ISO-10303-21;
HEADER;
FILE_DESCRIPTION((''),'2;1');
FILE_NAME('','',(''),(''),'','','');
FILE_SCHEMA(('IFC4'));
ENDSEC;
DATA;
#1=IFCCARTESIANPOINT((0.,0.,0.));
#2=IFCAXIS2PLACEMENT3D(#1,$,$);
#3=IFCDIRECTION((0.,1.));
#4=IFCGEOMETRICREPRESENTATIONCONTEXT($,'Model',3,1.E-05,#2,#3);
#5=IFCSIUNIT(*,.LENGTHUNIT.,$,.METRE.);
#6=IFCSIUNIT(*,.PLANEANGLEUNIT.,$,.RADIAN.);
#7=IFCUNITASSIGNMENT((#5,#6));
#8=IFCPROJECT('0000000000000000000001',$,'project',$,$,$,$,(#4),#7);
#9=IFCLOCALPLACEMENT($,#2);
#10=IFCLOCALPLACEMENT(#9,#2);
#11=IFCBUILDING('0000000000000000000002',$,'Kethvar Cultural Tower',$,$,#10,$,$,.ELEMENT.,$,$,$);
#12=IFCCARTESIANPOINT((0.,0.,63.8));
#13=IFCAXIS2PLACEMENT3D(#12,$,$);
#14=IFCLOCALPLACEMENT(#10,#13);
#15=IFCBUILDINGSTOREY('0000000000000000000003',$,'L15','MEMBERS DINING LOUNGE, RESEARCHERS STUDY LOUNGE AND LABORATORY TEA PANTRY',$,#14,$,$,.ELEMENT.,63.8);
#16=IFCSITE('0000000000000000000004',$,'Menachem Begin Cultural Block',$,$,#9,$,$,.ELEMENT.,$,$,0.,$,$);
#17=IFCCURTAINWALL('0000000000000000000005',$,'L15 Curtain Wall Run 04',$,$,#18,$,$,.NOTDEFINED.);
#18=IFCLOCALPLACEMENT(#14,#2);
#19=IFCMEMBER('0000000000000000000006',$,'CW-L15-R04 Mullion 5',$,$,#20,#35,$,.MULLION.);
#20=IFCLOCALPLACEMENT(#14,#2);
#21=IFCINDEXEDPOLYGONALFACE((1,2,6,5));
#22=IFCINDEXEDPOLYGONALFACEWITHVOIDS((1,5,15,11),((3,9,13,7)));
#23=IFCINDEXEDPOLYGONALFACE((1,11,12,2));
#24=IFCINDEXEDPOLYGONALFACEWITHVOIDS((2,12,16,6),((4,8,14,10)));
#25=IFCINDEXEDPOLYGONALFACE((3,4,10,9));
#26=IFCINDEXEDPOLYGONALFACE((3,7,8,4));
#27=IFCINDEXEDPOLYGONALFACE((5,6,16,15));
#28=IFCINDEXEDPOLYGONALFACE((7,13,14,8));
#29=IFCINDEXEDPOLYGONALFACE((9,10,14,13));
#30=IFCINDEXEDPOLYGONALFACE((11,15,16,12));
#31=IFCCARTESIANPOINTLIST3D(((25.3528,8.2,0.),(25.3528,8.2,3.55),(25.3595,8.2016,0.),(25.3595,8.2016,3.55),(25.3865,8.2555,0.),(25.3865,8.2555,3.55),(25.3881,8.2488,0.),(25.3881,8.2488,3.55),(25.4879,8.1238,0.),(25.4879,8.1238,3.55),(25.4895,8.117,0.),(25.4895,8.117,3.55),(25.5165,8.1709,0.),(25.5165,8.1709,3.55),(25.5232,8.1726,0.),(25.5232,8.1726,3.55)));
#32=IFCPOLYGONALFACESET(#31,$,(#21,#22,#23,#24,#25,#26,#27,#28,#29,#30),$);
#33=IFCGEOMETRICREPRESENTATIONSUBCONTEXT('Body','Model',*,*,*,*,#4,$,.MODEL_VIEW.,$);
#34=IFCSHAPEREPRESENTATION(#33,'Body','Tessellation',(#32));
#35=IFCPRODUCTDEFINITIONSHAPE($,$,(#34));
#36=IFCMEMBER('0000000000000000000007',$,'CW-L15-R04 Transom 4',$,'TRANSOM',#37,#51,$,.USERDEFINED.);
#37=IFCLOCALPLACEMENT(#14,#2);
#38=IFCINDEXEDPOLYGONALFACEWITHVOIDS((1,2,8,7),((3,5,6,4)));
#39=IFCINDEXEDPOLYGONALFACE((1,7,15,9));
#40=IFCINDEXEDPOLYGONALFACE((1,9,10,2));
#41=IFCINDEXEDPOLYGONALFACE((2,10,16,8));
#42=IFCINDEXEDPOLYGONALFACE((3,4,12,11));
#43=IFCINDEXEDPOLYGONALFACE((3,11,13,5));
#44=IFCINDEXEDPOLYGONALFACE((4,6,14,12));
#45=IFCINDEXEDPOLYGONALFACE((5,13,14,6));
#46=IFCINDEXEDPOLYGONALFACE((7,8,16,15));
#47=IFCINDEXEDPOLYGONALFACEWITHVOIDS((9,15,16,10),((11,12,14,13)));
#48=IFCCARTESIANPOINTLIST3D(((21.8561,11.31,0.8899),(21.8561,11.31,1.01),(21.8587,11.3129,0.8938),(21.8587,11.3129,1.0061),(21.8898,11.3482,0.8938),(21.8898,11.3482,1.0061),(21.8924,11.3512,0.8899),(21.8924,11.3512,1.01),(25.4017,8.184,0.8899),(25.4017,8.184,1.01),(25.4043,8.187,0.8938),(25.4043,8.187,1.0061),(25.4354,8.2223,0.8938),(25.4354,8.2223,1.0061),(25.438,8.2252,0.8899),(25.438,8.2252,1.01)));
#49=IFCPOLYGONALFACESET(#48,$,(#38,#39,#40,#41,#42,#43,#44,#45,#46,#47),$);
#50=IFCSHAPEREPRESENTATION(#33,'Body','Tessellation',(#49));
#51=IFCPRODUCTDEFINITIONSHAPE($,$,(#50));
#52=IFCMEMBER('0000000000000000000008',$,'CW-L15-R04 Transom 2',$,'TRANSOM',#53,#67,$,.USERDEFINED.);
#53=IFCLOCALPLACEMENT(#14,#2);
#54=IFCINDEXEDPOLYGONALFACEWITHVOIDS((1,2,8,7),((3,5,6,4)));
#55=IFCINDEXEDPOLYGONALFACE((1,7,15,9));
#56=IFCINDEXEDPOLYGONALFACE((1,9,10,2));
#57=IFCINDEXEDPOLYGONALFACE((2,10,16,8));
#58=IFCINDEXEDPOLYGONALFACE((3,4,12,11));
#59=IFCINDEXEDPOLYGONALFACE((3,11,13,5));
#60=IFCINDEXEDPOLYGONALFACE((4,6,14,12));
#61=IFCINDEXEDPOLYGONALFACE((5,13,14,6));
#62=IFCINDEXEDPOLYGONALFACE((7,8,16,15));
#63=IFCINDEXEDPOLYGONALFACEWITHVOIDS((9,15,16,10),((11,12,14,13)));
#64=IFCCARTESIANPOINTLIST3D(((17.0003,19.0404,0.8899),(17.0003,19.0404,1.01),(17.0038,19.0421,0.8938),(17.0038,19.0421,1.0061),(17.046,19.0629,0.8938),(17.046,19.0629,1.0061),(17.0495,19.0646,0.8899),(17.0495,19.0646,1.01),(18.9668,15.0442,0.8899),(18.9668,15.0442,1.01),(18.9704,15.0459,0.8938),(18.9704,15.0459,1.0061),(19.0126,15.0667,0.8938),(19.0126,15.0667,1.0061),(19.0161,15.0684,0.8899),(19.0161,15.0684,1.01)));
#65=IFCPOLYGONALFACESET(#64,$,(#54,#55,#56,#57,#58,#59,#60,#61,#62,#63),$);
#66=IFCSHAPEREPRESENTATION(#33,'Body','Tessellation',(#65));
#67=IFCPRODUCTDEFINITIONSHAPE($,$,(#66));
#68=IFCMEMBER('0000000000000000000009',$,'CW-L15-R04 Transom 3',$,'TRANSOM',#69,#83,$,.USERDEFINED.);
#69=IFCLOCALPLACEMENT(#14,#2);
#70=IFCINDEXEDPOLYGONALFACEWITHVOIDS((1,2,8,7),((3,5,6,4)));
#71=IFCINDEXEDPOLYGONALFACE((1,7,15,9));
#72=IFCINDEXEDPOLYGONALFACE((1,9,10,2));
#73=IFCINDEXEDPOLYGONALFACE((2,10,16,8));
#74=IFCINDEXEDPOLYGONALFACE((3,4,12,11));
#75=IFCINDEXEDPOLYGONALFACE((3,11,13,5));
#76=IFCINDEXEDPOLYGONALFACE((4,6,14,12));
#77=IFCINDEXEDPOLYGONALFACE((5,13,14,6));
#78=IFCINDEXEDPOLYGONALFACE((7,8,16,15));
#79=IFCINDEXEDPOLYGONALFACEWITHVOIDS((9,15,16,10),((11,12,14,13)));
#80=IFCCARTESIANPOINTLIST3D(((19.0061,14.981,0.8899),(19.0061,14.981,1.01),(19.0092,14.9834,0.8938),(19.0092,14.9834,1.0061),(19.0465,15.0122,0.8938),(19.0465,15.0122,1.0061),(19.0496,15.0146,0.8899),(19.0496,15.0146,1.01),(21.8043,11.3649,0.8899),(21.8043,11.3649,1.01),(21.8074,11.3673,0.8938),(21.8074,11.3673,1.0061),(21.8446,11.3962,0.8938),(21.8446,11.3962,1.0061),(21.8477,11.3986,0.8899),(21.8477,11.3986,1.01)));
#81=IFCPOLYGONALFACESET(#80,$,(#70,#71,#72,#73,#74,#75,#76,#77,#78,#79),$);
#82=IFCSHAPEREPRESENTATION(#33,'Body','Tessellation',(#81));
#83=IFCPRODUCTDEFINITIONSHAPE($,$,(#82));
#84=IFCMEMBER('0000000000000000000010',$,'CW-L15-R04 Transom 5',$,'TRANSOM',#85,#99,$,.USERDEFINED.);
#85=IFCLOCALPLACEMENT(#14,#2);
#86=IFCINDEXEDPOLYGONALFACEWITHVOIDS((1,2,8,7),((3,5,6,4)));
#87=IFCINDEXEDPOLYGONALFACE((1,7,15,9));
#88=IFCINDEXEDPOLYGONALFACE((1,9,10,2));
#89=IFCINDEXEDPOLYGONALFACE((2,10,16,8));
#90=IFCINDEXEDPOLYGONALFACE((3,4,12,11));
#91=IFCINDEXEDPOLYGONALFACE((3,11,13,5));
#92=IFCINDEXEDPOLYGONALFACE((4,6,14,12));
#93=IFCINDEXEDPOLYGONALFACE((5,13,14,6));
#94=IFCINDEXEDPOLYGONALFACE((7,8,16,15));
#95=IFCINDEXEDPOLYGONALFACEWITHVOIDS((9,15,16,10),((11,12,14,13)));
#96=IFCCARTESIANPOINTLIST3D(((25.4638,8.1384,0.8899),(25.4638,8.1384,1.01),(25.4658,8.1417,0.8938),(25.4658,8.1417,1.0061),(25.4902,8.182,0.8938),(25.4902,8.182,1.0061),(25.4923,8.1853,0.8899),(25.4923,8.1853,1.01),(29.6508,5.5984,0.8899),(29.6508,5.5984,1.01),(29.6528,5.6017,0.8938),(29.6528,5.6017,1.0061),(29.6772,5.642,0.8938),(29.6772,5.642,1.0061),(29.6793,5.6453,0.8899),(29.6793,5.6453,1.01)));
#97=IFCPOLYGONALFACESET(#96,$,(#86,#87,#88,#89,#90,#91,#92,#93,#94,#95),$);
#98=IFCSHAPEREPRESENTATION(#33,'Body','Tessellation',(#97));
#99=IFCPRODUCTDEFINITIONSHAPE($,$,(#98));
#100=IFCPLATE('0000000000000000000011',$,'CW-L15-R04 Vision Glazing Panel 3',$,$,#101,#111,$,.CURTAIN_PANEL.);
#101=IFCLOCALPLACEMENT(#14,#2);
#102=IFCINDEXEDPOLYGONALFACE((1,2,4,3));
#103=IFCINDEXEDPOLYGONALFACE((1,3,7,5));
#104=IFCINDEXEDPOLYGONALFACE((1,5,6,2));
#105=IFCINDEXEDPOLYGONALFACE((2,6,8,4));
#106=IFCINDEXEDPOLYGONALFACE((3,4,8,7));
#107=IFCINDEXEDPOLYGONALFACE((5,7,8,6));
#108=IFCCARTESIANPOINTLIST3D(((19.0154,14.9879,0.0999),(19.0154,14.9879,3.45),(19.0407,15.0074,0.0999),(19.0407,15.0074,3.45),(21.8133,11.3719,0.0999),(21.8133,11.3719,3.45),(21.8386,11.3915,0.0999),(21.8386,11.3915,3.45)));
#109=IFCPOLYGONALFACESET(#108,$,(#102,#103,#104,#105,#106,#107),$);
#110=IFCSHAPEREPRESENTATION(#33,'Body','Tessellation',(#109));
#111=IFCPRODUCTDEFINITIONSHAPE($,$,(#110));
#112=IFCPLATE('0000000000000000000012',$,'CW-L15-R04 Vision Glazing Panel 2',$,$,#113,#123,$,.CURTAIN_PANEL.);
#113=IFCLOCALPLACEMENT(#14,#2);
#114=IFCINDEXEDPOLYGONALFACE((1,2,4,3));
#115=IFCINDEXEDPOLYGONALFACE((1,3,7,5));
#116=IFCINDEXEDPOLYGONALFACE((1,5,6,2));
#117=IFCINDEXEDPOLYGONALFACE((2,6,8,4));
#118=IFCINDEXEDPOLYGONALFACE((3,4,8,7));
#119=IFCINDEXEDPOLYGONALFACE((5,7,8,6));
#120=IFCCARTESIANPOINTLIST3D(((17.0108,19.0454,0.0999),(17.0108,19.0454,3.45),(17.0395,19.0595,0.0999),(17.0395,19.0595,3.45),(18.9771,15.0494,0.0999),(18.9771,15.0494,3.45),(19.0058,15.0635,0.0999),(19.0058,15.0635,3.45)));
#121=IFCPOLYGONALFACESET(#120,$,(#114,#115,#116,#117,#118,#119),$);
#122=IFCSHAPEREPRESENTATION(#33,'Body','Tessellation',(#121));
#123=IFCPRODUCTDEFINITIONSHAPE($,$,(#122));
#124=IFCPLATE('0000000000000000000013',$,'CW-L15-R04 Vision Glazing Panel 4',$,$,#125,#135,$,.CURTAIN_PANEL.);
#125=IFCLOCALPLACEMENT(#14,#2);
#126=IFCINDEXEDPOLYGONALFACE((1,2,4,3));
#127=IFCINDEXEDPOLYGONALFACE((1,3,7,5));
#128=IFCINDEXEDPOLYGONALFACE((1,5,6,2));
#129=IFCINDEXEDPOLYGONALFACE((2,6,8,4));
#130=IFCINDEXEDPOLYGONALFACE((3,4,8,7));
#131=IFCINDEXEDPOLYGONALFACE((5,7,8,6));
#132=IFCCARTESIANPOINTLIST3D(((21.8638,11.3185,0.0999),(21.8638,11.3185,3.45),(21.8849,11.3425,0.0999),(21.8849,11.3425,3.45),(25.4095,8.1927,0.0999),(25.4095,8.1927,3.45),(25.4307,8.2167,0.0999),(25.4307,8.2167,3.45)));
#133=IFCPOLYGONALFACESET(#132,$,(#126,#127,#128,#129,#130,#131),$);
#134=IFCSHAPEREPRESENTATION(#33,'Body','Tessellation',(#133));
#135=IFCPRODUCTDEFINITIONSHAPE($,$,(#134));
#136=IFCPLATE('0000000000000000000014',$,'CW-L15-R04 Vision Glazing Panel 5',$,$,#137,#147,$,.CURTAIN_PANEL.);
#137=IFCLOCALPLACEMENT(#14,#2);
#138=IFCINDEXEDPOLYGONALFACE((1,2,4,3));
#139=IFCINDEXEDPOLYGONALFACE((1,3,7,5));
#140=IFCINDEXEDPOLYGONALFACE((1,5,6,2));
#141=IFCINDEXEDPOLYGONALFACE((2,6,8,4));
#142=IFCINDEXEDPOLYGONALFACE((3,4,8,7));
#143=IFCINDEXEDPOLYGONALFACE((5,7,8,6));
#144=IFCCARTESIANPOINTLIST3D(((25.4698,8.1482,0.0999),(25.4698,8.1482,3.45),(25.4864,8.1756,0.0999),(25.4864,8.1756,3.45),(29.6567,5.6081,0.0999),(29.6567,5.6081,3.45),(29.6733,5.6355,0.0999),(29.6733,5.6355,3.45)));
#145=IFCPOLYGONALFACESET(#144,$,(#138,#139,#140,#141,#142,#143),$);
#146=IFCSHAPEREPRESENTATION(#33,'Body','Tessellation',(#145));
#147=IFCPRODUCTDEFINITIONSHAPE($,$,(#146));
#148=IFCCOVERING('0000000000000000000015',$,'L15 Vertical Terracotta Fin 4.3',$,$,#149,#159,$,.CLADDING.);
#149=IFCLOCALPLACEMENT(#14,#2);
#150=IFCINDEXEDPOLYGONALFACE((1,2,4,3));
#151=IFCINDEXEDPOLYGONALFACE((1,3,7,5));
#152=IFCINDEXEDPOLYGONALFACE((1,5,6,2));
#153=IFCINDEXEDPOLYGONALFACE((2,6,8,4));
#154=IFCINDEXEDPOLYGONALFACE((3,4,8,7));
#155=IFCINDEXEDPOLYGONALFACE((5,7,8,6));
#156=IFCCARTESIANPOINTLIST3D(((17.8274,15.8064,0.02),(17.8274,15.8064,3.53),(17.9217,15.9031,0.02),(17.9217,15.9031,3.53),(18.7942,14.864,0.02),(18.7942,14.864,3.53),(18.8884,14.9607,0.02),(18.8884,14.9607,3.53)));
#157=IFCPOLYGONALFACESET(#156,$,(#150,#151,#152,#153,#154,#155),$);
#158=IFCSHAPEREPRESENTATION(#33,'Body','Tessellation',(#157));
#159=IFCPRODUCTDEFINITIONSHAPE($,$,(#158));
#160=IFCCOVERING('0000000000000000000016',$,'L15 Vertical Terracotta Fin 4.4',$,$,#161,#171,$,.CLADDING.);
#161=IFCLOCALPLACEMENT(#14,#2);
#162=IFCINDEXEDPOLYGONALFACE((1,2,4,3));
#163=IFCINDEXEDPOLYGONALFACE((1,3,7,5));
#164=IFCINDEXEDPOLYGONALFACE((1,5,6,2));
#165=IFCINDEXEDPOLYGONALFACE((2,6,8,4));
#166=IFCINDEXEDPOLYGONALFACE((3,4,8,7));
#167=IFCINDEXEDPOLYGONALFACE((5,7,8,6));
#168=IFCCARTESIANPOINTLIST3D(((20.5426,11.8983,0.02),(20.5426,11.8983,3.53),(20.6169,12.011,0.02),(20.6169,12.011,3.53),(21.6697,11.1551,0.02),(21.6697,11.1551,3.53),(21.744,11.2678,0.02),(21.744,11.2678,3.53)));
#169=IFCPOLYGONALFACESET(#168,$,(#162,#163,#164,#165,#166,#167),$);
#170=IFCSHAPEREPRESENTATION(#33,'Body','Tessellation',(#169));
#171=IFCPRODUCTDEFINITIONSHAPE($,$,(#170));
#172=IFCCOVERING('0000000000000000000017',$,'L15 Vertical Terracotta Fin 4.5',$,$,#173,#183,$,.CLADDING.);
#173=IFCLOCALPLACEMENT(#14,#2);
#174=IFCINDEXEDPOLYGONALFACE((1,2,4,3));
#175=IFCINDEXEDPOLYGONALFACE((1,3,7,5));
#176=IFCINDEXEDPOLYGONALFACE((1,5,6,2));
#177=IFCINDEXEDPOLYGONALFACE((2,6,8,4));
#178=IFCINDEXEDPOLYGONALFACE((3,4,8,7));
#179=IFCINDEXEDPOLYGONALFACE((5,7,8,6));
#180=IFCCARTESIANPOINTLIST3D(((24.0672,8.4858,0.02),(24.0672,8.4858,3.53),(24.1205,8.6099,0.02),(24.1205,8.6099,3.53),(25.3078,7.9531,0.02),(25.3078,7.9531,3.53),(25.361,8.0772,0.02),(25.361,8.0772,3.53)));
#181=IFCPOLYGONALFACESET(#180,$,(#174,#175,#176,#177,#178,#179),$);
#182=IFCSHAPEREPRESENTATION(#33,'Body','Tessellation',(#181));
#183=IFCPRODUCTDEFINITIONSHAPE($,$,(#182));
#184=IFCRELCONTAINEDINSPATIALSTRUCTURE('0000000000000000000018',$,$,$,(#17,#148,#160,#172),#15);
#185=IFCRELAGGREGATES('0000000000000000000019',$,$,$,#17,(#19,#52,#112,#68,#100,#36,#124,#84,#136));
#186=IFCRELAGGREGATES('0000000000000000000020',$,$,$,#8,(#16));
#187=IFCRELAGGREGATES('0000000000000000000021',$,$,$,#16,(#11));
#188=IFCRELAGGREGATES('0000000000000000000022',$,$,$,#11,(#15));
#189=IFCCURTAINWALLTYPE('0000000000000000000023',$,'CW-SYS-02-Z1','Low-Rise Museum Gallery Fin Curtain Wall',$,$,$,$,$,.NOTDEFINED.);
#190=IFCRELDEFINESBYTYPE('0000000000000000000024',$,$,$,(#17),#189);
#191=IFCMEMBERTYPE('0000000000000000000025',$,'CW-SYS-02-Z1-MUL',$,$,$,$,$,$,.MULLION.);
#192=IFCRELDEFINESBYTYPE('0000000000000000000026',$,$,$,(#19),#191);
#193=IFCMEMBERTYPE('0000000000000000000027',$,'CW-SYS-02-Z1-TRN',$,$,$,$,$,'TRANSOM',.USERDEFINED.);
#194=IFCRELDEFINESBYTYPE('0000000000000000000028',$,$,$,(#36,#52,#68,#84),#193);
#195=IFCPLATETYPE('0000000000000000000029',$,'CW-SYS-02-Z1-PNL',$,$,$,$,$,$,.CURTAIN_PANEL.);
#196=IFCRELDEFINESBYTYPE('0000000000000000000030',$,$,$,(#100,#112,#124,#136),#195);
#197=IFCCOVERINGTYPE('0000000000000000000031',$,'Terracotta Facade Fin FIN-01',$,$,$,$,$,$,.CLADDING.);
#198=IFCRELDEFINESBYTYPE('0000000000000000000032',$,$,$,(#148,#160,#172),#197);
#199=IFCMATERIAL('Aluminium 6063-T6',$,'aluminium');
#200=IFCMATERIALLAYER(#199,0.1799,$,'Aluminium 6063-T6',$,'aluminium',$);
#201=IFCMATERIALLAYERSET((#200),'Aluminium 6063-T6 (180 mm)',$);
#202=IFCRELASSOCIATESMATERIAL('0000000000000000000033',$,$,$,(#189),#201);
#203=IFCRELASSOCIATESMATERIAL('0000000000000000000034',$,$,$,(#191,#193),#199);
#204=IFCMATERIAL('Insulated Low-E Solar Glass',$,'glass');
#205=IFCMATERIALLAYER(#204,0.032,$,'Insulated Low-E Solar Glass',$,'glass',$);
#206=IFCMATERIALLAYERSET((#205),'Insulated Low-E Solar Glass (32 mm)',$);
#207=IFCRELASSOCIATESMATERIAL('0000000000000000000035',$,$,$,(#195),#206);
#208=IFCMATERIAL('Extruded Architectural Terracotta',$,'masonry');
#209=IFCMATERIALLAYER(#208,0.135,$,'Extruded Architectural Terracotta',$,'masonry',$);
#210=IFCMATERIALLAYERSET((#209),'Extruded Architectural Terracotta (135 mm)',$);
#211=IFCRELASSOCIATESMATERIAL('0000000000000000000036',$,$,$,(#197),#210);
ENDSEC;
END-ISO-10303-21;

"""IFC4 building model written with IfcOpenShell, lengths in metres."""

from ifc_helpers import new_model, si_unit, direction, frame, origin, origin_2d, place, context, subcontext, project, spatial, rectangle, hollow_rectangle, extrude, source, transform, mapped, material, layer, layer_set, material_profile, profile_set, type_object, element, aggregate, save


model = new_model("IFC4")

# Units and contexts
model_context = context("Model", 3, precision=1e-05, world=origin(), true_north=direction((0.0, 1.0)))
body_context = subcontext(model_context, "Body", "Model", "MODEL_VIEW")
ifc_project = project(units=[si_unit("LENGTHUNIT", "METRE"), si_unit("PLANEANGLEUNIT", "RADIAN")], contexts=[model_context])

# Site, building, storey
site_placement = place(None, origin())
site = spatial("IfcSite", under=ifc_project, at=site_placement, Name="Menachem Begin Cultural Block", CompositionType="ELEMENT", RefElevation=0.0)
building_placement = place(site_placement, origin())
building = spatial("IfcBuilding", under=site, at=building_placement, Name="Kethvar Cultural Tower", CompositionType="ELEMENT")
storey_placement = place(building_placement, frame((0.0, 0.0, 63.8)))
storey = spatial("IfcBuildingStorey", under=building, at=storey_placement, Name="L15", Description="MEMBERS DINING LOUNGE, RESEARCHERS STUDY LOUNGE AND LABORATORY TEA PANTRY", CompositionType="ELEMENT", Elevation=63.8)

# Curtain wall, members, plates
ifc_material_1 = material(Name="Aluminium 6063-T6", Category="aluminium")
ifc_layer_1 = layer(ifc_material_1, 0.1799, Name="Aluminium 6063-T6", Category="aluminium")
ifc_layer_set_1 = layer_set([ifc_layer_1], Name="Aluminium 6063-T6 (180 mm)")
curtain_wall_type = type_object("IfcCurtainWallType", Name="CW-SYS-02-Z1", Description="Low-Rise Museum Gallery Fin Curtain Wall", PredefinedType="NOTDEFINED", material=ifc_layer_set_1)
curtain_wall_placement = place(storey_placement, origin())
curtain_wall = element("IfcCurtainWall", 1, at=curtain_wall_placement, inside=storey, type_object=curtain_wall_type, Name="L15 Curtain Wall Run 04", PredefinedType="NOTDEFINED")
ifc_material_profile_1 = material_profile(ifc_material_1, hollow_rectangle(XDim=0.0649, YDim=0.1599, WallThickness=0.0049, at=origin_2d()), Name="Aluminium 6063-T6 — RHS160x65x5")
ifc_profile_set_1 = profile_set([ifc_material_profile_1], Name="Aluminium 6063-T6 — RHS160x65x5")
member_type_1 = type_object("IfcMemberType", Name="CW-SYS-02-Z1-MUL", PredefinedType="MULLION", material=ifc_profile_set_1)
shared_shape_1 = source(origin(), body_context, "Body", "SweptSolid", [
    extrude(hollow_rectangle(XDim=0.0649, YDim=0.1599, WallThickness=0.0049, at=origin_2d()), origin(), (0.0, 0.0, 1.0), 3.55),
])
member_1_placement = place(storey_placement, frame((25.438, 8.1863, 0.0), z_axis=(0.0, 0.0, 1.0), x_axis=(0.518684, 0.854966, 0.0)))
member_1 = element("IfcMember", 2, at=member_1_placement, type_object=member_type_1, Name="CW-L15-R04 Mullion 5", PredefinedType="MULLION", context=body_context, shape_type="MappedRepresentation", body=[
    mapped(shared_shape_1, transform((0.0, 0.0, 0.0), scale=1.0)),
])
ifc_material_profile_2 = material_profile(ifc_material_1, hollow_rectangle(XDim=0.0549, YDim=0.1201, WallThickness=0.0039, at=origin_2d()), Name="Aluminium 6063-T6 — RHS120x55x4")
ifc_profile_set_2 = profile_set([ifc_material_profile_2], Name="Aluminium 6063-T6 — RHS120x55x4")
member_type_2 = type_object("IfcMemberType", Name="CW-SYS-02-Z1-TRN", ElementType="TRANSOM", PredefinedType="USERDEFINED", material=ifc_profile_set_2)
shared_shape_2 = source(origin(), body_context, "Body", "SweptSolid", [
    extrude(hollow_rectangle(XDim=0.0549, YDim=0.1201, WallThickness=0.0039, at=origin_2d()), origin(), (0.0, 0.0, 1.0), 4.7268),
])
member_2_placement = place(storey_placement, frame((21.8743, 11.3306, 0.95), z_axis=(0.750105, -0.661319, 0.0), x_axis=(0.661319, 0.750105, 0.0)))
member_2 = element("IfcMember", 3, at=member_2_placement, type_object=member_type_2, Name="CW-L15-R04 Transom 4", ObjectType="TRANSOM", PredefinedType="USERDEFINED", context=body_context, shape_type="MappedRepresentation", body=[
    mapped(shared_shape_2, transform((0.0, 0.0, 0.0), scale=1.0)),
])
shared_shape_3 = source(origin(), body_context, "Body", "SweptSolid", [
    extrude(hollow_rectangle(XDim=0.0549, YDim=0.1201, WallThickness=0.0039, at=origin_2d()), origin(), (0.0, 0.0, 1.0), 4.4539),
])
member_3_placement = place(storey_placement, frame((17.0249, 19.0525, 0.95), z_axis=(0.441548, -0.897238, 0.0), x_axis=(0.897238, 0.441548, 0.0)))
member_3 = element("IfcMember", 4, at=member_3_placement, type_object=member_type_2, Name="CW-L15-R04 Transom 2", ObjectType="TRANSOM", PredefinedType="USERDEFINED", context=body_context, shape_type="MappedRepresentation", body=[
    mapped(shared_shape_3, transform((0.0, 0.0, 0.0), scale=1.0)),
])
shared_shape_4 = source(origin(), body_context, "Body", "SweptSolid", [
    extrude(hollow_rectangle(XDim=0.0549, YDim=0.1201, WallThickness=0.0039, at=origin_2d()), origin(), (0.0, 0.0, 1.0), 4.5723),
])
member_4_placement = place(storey_placement, frame((19.0278, 14.9978, 0.95), z_axis=(0.611987, -0.790868, 0.0), x_axis=(0.790868, 0.611987, 0.0)))
member_4 = element("IfcMember", 5, at=member_4_placement, type_object=member_type_2, Name="CW-L15-R04 Transom 3", ObjectType="TRANSOM", PredefinedType="USERDEFINED", context=body_context, shape_type="MappedRepresentation", body=[
    mapped(shared_shape_4, transform((0.0, 0.0, 0.0), scale=1.0)),
])
shared_shape_5 = source(origin(), body_context, "Body", "SweptSolid", [
    extrude(hollow_rectangle(XDim=0.0549, YDim=0.1201, WallThickness=0.0039, at=origin_2d()), origin(), (0.0, 0.0, 1.0), 4.8972),
])
member_5_placement = place(storey_placement, frame((25.478, 8.1619, 0.95), z_axis=(0.854975, -0.518668, 0.0), x_axis=(0.518668, 0.854975, 0.0)))
member_5 = element("IfcMember", 6, at=member_5_placement, type_object=member_type_2, Name="CW-L15-R04 Transom 5", ObjectType="TRANSOM", PredefinedType="USERDEFINED", context=body_context, shape_type="MappedRepresentation", body=[
    mapped(shared_shape_5, transform((0.0, 0.0, 0.0), scale=1.0)),
])
ifc_material_2 = material(Name="Insulated Low-E Solar Glass", Category="glass")
ifc_layer_2 = layer(ifc_material_2, 0.032, Name="Insulated Low-E Solar Glass", Category="glass")
ifc_layer_set_2 = layer_set([ifc_layer_2], Name="Insulated Low-E Solar Glass (32 mm)")
plate_type = type_object("IfcPlateType", Name="CW-SYS-02-Z1-PNL", PredefinedType="CURTAIN_PANEL", material=ifc_layer_set_2)
shared_shape_6 = source(origin(), body_context, "Body", "SweptSolid", [
    extrude(rectangle(XDim=4.572, YDim=0.032, at=origin_2d()), origin(), (0.0, 0.0, 1.0), 3.3501),
])
plate_1_placement = place(storey_placement, frame((20.427, 13.1897, 0.0999), z_axis=(0.0, 0.0, 1.0), x_axis=(0.611969, -0.790882, 0.0)))
plate_1 = element("IfcPlate", 7, at=plate_1_placement, type_object=plate_type, Name="CW-L15-R04 Vision Glazing Panel 3", PredefinedType="CURTAIN_PANEL", context=body_context, shape_type="MappedRepresentation", body=[
    mapped(shared_shape_6, transform((0.0, 0.0, 0.0), scale=1.0)),
])
shared_shape_7 = source(origin(), body_context, "Body", "SweptSolid", [
    extrude(rectangle(XDim=4.4536, YDim=0.032, at=origin_2d()), origin(), (0.0, 0.0, 1.0), 3.3501),
])
plate_2_placement = place(storey_placement, frame((18.0083, 17.0544, 0.0999), z_axis=(0.0, 0.0, 1.0), x_axis=(0.441506, -0.897258, 0.0)))
plate_2 = element("IfcPlate", 8, at=plate_2_placement, type_object=plate_type, Name="CW-L15-R04 Vision Glazing Panel 2", PredefinedType="CURTAIN_PANEL", context=body_context, shape_type="MappedRepresentation", body=[
    mapped(shared_shape_7, transform((0.0, 0.0, 0.0), scale=1.0)),
])
shared_shape_8 = source(origin(), body_context, "Body", "SweptSolid", [
    extrude(rectangle(XDim=4.7268, YDim=0.032, at=origin_2d()), origin(), (0.0, 0.0, 1.0), 3.3501),
])
plate_3_placement = place(storey_placement, frame((23.6472, 9.7676, 0.0999), z_axis=(0.0, 0.0, 1.0), x_axis=(0.750134, -0.661286, 0.0)))
plate_3 = element("IfcPlate", 9, at=plate_3_placement, type_object=plate_type, Name="CW-L15-R04 Vision Glazing Panel 4", PredefinedType="CURTAIN_PANEL", context=body_context, shape_type="MappedRepresentation", body=[
    mapped(shared_shape_8, transform((0.0, 0.0, 0.0), scale=1.0)),
])
shared_shape_9 = source(origin(), body_context, "Body", "SweptSolid", [
    extrude(rectangle(XDim=4.8972, YDim=0.032, at=origin_2d()), origin(), (0.0, 0.0, 1.0), 3.3501),
])
plate_4_placement = place(storey_placement, frame((27.5715, 6.8918, 0.0999), z_axis=(0.0, 0.0, 1.0), x_axis=(0.854966, -0.518684, 0.0)))
plate_4 = element("IfcPlate", 10, at=plate_4_placement, type_object=plate_type, Name="CW-L15-R04 Vision Glazing Panel 5", PredefinedType="CURTAIN_PANEL", context=body_context, shape_type="MappedRepresentation", body=[
    mapped(shared_shape_9, transform((0.0, 0.0, 0.0), scale=1.0)),
])
aggregate(curtain_wall, [member_1, member_3, plate_2, member_4, plate_1, member_2, plate_3, member_5, plate_4])

# Coverings
ifc_material_3 = material(Name="Extruded Architectural Terracotta", Category="masonry")
ifc_layer_3 = layer(ifc_material_3, 0.135, Name="Extruded Architectural Terracotta", Category="masonry")
ifc_layer_set_3 = layer_set([ifc_layer_3], Name="Extruded Architectural Terracotta (135 mm)")
covering_type = type_object("IfcCoveringType", Name="Terracotta Facade Fin FIN-01", PredefinedType="CLADDING", material=ifc_layer_set_3)
shared_shape_10 = source(origin(), body_context, "Body", "SweptSolid", [
    extrude(rectangle(XDim=1.3501, YDim=0.135, at=origin_2d()), origin(), (0.0, 0.0, 1.0), 3.51),
])
for number, where, z_axis, x_axis, name in (
    (11, (18.3579, 15.3835, 0.02), (0.0, 0.0, 1.0), (-0.716058, 0.69804, 0.0), "L15 Vertical Terracotta Fin 4.3"),
    (12, (21.1433, 11.583, 0.02), (0.0, 0.0, 1.0), (-0.834848, 0.550481, 0.0), "L15 Vertical Terracotta Fin 4.4"),
    (13, (24.7141, 8.2815, 0.02), (0.0, 0.0, 1.0), (-0.91886, 0.394583, 0.0), "L15 Vertical Terracotta Fin 4.5"),
):
    element("IfcCovering", number, at=place(storey_placement, frame(where, z_axis=z_axis, x_axis=x_axis)), inside=storey, type_object=covering_type, Name=name, PredefinedType="CLADDING", context=body_context, shape_type="MappedRepresentation", body=[
        mapped(shared_shape_10, transform((0.0, 0.0, 0.0), scale=1.0)),
    ])

save(model, "model.ifc")
